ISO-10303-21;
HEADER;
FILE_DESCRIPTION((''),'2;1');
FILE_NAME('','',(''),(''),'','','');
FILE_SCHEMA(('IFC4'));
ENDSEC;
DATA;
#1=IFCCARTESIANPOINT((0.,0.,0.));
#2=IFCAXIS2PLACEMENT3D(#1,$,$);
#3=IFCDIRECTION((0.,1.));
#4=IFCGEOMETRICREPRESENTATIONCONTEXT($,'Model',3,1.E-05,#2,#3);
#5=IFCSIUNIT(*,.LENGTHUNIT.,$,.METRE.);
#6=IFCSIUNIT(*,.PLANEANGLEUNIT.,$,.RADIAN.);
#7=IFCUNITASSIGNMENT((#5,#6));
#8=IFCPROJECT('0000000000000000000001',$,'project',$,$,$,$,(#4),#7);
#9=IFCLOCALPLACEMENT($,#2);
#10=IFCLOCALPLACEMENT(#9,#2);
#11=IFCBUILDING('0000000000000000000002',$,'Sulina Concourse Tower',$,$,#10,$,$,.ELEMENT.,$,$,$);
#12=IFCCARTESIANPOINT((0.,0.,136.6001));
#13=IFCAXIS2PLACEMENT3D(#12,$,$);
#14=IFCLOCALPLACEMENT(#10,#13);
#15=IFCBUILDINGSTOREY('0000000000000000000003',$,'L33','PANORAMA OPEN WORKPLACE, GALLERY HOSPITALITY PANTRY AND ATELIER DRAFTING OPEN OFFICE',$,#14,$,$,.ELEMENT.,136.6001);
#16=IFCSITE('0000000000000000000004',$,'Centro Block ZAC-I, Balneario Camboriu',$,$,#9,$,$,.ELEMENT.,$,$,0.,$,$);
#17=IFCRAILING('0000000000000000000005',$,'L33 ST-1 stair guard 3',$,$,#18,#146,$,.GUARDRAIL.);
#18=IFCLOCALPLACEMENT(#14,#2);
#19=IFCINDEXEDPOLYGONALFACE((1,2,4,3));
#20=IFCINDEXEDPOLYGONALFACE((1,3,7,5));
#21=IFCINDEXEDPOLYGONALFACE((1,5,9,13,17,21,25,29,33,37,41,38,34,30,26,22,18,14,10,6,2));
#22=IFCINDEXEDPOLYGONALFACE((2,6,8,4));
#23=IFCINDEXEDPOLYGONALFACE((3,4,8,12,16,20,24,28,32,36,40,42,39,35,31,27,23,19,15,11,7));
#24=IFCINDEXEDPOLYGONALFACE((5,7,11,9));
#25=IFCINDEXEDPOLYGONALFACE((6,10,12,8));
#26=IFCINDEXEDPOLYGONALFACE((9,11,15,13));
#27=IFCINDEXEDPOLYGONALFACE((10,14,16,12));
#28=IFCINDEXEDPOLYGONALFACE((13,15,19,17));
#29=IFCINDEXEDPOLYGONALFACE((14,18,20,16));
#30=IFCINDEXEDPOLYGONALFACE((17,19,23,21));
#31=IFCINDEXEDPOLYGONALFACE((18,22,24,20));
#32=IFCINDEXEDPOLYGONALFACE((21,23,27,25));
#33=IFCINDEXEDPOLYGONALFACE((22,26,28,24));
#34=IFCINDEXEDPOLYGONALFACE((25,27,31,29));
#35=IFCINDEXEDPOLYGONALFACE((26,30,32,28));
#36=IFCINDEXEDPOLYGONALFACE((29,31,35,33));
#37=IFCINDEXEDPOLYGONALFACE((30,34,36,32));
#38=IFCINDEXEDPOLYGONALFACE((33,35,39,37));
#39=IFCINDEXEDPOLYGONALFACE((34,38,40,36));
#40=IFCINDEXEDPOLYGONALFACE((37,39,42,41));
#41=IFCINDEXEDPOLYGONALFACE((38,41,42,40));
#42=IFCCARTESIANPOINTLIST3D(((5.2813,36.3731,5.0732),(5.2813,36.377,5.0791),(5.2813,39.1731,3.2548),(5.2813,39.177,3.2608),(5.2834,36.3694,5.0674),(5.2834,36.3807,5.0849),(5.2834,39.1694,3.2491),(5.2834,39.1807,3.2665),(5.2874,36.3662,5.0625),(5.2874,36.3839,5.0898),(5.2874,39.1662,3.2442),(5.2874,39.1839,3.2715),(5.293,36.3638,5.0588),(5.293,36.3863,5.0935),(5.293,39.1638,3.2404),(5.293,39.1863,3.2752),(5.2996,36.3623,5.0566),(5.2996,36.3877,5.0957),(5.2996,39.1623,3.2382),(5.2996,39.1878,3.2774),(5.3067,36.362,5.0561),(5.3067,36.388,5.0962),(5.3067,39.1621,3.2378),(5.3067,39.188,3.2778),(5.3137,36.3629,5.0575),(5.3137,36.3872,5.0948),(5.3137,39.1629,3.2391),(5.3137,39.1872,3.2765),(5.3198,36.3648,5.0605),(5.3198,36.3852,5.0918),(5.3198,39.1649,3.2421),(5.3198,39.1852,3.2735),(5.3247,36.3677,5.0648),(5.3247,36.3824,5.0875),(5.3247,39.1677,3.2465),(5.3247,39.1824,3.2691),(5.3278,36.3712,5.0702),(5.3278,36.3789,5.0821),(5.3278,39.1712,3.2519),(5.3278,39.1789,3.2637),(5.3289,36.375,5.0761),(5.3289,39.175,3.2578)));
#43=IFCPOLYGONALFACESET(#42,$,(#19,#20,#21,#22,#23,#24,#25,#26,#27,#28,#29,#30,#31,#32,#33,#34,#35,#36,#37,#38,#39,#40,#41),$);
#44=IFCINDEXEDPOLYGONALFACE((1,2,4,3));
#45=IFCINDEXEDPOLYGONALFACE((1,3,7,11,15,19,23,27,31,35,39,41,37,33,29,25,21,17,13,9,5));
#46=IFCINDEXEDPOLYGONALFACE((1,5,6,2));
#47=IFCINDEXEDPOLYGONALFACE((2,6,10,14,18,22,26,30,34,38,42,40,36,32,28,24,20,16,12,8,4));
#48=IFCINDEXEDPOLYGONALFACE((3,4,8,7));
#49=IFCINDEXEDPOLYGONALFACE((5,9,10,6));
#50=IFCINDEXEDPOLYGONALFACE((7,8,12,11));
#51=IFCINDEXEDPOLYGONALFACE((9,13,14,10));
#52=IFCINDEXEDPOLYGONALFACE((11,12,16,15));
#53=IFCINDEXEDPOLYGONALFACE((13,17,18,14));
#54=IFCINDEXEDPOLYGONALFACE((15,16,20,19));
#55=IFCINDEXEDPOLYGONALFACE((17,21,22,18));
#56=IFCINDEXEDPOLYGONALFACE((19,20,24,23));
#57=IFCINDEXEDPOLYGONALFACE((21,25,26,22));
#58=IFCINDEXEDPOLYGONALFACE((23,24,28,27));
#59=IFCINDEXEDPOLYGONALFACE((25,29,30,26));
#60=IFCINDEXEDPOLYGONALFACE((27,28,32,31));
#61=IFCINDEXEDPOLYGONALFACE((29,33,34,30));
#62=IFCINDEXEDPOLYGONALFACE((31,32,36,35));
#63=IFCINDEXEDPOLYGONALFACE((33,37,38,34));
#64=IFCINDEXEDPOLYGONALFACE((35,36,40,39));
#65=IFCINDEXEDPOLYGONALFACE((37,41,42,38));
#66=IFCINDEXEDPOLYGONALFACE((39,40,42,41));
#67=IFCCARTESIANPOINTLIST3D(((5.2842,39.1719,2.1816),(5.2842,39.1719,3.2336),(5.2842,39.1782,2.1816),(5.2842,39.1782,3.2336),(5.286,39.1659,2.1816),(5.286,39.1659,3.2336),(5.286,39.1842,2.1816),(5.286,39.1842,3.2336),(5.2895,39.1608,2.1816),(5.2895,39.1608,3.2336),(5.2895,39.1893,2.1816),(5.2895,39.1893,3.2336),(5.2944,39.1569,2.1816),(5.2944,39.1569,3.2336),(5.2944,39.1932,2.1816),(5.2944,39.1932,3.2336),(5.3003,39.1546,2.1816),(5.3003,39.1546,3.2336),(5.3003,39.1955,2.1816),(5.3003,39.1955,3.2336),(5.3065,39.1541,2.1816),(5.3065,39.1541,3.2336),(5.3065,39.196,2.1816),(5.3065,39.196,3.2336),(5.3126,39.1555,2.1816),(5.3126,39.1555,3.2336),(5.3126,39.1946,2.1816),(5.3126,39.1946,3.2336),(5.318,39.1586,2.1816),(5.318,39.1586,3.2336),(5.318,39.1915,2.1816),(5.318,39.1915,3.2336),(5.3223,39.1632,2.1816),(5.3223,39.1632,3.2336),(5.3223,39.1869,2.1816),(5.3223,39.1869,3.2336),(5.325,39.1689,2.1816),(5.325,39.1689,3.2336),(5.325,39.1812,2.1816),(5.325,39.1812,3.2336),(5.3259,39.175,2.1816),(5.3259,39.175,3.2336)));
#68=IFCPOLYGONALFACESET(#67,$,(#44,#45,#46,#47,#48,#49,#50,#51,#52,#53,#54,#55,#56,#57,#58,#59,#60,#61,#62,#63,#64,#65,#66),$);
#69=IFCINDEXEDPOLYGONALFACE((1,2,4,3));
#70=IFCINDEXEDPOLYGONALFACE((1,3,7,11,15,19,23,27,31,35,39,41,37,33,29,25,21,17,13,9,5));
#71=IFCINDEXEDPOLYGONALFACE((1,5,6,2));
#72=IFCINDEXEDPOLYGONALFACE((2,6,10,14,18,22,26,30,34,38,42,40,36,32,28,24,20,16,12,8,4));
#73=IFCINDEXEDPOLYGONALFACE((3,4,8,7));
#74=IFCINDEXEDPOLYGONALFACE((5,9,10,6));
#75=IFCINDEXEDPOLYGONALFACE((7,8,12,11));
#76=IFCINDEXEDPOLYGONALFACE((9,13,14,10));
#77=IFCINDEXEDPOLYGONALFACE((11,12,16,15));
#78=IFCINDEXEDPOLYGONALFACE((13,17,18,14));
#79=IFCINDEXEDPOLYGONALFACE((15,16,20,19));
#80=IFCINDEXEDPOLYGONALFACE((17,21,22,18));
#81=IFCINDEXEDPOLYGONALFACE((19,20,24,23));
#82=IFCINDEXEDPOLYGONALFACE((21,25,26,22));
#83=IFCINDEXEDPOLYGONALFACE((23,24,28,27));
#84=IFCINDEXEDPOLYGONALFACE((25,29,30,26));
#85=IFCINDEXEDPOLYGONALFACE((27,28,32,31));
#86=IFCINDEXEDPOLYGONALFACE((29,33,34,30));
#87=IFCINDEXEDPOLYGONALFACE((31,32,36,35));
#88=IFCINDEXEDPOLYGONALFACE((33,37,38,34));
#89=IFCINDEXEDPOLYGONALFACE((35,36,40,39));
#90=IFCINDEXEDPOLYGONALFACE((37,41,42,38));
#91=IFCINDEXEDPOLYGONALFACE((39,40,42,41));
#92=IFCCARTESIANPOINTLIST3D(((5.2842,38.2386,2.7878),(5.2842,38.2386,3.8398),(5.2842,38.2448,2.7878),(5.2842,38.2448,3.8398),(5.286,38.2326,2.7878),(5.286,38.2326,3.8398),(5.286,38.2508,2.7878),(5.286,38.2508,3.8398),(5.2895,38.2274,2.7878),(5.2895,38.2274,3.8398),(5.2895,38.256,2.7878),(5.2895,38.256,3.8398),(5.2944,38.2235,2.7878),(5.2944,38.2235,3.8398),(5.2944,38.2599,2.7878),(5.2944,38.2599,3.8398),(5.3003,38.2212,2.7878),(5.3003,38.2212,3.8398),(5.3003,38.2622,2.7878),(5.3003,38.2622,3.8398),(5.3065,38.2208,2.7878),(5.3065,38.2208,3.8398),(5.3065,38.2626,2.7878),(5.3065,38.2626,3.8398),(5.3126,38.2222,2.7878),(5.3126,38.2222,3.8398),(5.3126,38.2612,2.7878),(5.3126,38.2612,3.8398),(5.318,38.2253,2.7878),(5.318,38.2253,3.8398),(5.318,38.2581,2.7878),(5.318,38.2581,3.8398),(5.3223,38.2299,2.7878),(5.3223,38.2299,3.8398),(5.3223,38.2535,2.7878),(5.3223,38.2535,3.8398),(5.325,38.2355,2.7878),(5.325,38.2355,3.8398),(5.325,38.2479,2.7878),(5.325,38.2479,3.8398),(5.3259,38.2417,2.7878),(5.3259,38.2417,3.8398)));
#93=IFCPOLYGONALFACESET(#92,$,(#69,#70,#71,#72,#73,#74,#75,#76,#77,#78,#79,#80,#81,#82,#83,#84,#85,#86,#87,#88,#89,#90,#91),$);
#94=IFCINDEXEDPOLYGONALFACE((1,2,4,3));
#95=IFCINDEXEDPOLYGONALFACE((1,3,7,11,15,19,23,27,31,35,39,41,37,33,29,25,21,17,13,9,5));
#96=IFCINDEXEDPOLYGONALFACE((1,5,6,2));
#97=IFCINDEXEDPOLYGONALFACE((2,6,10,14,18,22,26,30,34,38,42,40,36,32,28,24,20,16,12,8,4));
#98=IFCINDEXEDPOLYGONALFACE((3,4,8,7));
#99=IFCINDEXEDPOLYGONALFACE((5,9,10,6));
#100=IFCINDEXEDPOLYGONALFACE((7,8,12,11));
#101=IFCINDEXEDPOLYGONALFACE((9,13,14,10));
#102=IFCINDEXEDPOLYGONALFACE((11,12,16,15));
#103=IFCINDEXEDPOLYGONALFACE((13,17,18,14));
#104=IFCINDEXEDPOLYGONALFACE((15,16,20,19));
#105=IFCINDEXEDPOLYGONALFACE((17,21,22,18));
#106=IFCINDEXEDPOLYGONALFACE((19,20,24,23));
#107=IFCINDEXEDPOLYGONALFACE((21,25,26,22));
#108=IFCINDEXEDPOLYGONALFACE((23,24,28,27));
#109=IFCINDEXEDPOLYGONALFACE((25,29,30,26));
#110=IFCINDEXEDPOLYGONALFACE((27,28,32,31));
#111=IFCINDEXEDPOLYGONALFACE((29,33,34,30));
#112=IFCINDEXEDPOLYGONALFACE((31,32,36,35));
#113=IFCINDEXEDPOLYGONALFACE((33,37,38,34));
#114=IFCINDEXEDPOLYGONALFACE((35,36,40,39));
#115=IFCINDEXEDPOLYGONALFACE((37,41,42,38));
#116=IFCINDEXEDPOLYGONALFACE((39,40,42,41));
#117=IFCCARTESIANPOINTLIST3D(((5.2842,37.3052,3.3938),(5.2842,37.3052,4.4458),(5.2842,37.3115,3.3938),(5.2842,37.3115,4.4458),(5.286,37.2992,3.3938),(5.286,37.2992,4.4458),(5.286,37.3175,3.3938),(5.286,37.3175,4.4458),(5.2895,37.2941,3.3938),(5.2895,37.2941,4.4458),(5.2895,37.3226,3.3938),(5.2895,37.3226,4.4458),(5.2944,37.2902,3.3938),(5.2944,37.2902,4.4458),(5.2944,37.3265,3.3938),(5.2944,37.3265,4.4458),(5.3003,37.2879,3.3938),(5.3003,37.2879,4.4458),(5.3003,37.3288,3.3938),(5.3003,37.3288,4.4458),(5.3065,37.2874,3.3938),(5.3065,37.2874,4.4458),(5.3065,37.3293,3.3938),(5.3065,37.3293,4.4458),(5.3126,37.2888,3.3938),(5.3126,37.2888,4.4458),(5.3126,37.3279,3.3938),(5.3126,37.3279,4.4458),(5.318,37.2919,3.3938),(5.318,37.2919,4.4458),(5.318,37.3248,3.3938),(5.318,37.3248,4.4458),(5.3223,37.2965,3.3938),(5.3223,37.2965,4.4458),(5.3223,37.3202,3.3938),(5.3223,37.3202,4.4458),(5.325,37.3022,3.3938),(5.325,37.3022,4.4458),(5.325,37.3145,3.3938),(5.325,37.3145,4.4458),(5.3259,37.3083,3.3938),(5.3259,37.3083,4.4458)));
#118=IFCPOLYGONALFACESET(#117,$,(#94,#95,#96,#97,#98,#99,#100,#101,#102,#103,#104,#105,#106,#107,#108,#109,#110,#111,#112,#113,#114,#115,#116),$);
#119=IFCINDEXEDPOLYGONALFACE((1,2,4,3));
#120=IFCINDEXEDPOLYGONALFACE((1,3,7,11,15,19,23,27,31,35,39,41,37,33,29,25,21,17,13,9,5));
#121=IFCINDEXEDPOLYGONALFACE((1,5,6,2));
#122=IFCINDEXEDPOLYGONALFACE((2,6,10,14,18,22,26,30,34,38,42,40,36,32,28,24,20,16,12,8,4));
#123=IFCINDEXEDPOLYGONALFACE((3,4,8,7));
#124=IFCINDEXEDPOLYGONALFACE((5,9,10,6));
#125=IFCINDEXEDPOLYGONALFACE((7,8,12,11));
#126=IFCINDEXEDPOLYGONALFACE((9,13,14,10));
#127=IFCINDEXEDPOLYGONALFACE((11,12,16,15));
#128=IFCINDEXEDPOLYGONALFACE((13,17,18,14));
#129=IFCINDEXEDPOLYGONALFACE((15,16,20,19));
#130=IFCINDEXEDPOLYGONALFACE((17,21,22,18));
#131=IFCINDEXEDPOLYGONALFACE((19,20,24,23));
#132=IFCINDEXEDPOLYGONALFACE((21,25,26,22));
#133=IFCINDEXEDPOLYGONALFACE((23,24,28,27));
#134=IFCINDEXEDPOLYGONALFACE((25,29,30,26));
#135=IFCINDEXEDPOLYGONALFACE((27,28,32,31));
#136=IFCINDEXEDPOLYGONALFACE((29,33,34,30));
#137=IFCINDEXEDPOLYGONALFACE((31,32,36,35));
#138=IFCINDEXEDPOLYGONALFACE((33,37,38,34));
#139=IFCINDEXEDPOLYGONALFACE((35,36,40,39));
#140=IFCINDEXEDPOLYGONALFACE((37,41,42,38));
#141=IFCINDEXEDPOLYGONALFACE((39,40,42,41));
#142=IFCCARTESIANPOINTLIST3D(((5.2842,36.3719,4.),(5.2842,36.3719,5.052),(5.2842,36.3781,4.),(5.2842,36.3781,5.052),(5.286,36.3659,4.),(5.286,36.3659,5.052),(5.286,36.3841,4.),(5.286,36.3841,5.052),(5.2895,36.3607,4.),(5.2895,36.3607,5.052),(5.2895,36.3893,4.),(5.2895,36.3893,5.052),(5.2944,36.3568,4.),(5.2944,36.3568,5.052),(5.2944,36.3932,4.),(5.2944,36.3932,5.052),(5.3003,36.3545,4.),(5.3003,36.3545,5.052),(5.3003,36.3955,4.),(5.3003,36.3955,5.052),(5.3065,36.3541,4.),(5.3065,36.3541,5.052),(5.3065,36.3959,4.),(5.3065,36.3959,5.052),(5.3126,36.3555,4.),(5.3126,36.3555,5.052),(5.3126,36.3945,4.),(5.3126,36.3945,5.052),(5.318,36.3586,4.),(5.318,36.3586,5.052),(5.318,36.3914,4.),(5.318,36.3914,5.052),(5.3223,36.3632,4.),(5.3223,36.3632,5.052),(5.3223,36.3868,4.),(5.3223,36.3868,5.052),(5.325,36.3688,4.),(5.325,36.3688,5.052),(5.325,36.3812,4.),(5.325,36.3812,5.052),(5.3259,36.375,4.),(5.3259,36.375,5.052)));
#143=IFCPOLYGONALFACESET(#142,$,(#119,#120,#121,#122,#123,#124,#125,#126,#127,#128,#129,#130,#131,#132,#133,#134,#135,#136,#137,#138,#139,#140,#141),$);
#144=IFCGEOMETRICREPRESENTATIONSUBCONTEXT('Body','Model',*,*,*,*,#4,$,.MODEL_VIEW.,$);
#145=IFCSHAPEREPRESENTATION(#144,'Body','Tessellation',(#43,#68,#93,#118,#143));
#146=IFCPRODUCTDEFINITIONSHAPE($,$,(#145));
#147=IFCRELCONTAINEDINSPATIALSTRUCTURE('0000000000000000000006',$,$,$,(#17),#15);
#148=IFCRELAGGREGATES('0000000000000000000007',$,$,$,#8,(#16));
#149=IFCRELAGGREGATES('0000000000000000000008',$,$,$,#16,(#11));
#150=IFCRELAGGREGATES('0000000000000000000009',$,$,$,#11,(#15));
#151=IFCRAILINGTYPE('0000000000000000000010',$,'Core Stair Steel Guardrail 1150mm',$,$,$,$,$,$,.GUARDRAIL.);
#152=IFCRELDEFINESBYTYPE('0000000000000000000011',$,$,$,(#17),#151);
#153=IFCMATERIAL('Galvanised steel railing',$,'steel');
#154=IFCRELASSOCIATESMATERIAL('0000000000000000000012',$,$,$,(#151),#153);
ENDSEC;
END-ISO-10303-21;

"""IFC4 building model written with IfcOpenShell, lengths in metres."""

from ifc_helpers import new_model, si_unit, direction, frame, origin, origin_2d, place, context, subcontext, project, spatial, circle, extrude, material, type_object, element, save


model = new_model("IFC4")

# Units and contexts
model_context = context("Model", 3, precision=1e-05, world=origin(), true_north=direction((0.0, 1.0)))
body_context = subcontext(model_context, "Body", "Model", "MODEL_VIEW")
ifc_project = project(units=[si_unit("LENGTHUNIT", "METRE"), si_unit("PLANEANGLEUNIT", "RADIAN")], contexts=[model_context])

# Site, building, storey
site_placement = place(None, origin())
site = spatial("IfcSite", under=ifc_project, at=site_placement, Name="Centro Block ZAC-I, Balneario Camboriu", CompositionType="ELEMENT", RefElevation=0.0)
building_placement = place(site_placement, origin())
building = spatial("IfcBuilding", under=site, at=building_placement, Name="Sulina Concourse Tower", CompositionType="ELEMENT")
storey_placement = place(building_placement, frame((0.0, 0.0, 136.6001)))
storey = spatial("IfcBuildingStorey", under=building, at=storey_placement, Name="L33", Description="PANORAMA OPEN WORKPLACE, GALLERY HOSPITALITY PANTRY AND ATELIER DRAFTING OPEN OFFICE", CompositionType="ELEMENT", Elevation=136.6001)

# Railing
ifc_material_1 = material(Name="Galvanised steel railing", Category="steel")
railing_type_1 = type_object("IfcRailingType", Name="Core Stair Steel Guardrail 1150mm", PredefinedType="GUARDRAIL", material=ifc_material_1)
railing_1_placement = place(storey_placement, frame((5.3049, 39.175, 2.1816)))
element("IfcRailing", 1, at=railing_1_placement, inside=storey, type_object=railing_type_1, Name="L33 ST-1 stair guard 3", PredefinedType="GUARDRAIL", context=body_context, shape_type="SweptSolid", body=[
    extrude(circle(Radius=0.0239, at=origin_2d()), frame((0.0, 0.0, 1.0762), z_axis=(0.0, -0.838672, 0.544636), x_axis=(1.0, 0.0, 0.0)), (0.0, 0.0, 1.0), 3.3386),
    extrude(circle(Radius=0.021, at=origin_2d()), origin(), (0.0, 0.0, 1.0), 1.052),
    extrude(circle(Radius=0.021, at=origin_2d()), frame((0.0, -0.9333, 0.6062)), (0.0, 0.0, 1.0), 1.052),
    extrude(circle(Radius=0.021, at=origin_2d()), frame((0.0, -1.8667, 1.2122)), (0.0, 0.0, 1.0), 1.052),
    extrude(circle(Radius=0.021, at=origin_2d()), frame((0.0, -2.8, 1.8184)), (0.0, 0.0, 1.0), 1.052),
])

save(model, "model.ifc")
